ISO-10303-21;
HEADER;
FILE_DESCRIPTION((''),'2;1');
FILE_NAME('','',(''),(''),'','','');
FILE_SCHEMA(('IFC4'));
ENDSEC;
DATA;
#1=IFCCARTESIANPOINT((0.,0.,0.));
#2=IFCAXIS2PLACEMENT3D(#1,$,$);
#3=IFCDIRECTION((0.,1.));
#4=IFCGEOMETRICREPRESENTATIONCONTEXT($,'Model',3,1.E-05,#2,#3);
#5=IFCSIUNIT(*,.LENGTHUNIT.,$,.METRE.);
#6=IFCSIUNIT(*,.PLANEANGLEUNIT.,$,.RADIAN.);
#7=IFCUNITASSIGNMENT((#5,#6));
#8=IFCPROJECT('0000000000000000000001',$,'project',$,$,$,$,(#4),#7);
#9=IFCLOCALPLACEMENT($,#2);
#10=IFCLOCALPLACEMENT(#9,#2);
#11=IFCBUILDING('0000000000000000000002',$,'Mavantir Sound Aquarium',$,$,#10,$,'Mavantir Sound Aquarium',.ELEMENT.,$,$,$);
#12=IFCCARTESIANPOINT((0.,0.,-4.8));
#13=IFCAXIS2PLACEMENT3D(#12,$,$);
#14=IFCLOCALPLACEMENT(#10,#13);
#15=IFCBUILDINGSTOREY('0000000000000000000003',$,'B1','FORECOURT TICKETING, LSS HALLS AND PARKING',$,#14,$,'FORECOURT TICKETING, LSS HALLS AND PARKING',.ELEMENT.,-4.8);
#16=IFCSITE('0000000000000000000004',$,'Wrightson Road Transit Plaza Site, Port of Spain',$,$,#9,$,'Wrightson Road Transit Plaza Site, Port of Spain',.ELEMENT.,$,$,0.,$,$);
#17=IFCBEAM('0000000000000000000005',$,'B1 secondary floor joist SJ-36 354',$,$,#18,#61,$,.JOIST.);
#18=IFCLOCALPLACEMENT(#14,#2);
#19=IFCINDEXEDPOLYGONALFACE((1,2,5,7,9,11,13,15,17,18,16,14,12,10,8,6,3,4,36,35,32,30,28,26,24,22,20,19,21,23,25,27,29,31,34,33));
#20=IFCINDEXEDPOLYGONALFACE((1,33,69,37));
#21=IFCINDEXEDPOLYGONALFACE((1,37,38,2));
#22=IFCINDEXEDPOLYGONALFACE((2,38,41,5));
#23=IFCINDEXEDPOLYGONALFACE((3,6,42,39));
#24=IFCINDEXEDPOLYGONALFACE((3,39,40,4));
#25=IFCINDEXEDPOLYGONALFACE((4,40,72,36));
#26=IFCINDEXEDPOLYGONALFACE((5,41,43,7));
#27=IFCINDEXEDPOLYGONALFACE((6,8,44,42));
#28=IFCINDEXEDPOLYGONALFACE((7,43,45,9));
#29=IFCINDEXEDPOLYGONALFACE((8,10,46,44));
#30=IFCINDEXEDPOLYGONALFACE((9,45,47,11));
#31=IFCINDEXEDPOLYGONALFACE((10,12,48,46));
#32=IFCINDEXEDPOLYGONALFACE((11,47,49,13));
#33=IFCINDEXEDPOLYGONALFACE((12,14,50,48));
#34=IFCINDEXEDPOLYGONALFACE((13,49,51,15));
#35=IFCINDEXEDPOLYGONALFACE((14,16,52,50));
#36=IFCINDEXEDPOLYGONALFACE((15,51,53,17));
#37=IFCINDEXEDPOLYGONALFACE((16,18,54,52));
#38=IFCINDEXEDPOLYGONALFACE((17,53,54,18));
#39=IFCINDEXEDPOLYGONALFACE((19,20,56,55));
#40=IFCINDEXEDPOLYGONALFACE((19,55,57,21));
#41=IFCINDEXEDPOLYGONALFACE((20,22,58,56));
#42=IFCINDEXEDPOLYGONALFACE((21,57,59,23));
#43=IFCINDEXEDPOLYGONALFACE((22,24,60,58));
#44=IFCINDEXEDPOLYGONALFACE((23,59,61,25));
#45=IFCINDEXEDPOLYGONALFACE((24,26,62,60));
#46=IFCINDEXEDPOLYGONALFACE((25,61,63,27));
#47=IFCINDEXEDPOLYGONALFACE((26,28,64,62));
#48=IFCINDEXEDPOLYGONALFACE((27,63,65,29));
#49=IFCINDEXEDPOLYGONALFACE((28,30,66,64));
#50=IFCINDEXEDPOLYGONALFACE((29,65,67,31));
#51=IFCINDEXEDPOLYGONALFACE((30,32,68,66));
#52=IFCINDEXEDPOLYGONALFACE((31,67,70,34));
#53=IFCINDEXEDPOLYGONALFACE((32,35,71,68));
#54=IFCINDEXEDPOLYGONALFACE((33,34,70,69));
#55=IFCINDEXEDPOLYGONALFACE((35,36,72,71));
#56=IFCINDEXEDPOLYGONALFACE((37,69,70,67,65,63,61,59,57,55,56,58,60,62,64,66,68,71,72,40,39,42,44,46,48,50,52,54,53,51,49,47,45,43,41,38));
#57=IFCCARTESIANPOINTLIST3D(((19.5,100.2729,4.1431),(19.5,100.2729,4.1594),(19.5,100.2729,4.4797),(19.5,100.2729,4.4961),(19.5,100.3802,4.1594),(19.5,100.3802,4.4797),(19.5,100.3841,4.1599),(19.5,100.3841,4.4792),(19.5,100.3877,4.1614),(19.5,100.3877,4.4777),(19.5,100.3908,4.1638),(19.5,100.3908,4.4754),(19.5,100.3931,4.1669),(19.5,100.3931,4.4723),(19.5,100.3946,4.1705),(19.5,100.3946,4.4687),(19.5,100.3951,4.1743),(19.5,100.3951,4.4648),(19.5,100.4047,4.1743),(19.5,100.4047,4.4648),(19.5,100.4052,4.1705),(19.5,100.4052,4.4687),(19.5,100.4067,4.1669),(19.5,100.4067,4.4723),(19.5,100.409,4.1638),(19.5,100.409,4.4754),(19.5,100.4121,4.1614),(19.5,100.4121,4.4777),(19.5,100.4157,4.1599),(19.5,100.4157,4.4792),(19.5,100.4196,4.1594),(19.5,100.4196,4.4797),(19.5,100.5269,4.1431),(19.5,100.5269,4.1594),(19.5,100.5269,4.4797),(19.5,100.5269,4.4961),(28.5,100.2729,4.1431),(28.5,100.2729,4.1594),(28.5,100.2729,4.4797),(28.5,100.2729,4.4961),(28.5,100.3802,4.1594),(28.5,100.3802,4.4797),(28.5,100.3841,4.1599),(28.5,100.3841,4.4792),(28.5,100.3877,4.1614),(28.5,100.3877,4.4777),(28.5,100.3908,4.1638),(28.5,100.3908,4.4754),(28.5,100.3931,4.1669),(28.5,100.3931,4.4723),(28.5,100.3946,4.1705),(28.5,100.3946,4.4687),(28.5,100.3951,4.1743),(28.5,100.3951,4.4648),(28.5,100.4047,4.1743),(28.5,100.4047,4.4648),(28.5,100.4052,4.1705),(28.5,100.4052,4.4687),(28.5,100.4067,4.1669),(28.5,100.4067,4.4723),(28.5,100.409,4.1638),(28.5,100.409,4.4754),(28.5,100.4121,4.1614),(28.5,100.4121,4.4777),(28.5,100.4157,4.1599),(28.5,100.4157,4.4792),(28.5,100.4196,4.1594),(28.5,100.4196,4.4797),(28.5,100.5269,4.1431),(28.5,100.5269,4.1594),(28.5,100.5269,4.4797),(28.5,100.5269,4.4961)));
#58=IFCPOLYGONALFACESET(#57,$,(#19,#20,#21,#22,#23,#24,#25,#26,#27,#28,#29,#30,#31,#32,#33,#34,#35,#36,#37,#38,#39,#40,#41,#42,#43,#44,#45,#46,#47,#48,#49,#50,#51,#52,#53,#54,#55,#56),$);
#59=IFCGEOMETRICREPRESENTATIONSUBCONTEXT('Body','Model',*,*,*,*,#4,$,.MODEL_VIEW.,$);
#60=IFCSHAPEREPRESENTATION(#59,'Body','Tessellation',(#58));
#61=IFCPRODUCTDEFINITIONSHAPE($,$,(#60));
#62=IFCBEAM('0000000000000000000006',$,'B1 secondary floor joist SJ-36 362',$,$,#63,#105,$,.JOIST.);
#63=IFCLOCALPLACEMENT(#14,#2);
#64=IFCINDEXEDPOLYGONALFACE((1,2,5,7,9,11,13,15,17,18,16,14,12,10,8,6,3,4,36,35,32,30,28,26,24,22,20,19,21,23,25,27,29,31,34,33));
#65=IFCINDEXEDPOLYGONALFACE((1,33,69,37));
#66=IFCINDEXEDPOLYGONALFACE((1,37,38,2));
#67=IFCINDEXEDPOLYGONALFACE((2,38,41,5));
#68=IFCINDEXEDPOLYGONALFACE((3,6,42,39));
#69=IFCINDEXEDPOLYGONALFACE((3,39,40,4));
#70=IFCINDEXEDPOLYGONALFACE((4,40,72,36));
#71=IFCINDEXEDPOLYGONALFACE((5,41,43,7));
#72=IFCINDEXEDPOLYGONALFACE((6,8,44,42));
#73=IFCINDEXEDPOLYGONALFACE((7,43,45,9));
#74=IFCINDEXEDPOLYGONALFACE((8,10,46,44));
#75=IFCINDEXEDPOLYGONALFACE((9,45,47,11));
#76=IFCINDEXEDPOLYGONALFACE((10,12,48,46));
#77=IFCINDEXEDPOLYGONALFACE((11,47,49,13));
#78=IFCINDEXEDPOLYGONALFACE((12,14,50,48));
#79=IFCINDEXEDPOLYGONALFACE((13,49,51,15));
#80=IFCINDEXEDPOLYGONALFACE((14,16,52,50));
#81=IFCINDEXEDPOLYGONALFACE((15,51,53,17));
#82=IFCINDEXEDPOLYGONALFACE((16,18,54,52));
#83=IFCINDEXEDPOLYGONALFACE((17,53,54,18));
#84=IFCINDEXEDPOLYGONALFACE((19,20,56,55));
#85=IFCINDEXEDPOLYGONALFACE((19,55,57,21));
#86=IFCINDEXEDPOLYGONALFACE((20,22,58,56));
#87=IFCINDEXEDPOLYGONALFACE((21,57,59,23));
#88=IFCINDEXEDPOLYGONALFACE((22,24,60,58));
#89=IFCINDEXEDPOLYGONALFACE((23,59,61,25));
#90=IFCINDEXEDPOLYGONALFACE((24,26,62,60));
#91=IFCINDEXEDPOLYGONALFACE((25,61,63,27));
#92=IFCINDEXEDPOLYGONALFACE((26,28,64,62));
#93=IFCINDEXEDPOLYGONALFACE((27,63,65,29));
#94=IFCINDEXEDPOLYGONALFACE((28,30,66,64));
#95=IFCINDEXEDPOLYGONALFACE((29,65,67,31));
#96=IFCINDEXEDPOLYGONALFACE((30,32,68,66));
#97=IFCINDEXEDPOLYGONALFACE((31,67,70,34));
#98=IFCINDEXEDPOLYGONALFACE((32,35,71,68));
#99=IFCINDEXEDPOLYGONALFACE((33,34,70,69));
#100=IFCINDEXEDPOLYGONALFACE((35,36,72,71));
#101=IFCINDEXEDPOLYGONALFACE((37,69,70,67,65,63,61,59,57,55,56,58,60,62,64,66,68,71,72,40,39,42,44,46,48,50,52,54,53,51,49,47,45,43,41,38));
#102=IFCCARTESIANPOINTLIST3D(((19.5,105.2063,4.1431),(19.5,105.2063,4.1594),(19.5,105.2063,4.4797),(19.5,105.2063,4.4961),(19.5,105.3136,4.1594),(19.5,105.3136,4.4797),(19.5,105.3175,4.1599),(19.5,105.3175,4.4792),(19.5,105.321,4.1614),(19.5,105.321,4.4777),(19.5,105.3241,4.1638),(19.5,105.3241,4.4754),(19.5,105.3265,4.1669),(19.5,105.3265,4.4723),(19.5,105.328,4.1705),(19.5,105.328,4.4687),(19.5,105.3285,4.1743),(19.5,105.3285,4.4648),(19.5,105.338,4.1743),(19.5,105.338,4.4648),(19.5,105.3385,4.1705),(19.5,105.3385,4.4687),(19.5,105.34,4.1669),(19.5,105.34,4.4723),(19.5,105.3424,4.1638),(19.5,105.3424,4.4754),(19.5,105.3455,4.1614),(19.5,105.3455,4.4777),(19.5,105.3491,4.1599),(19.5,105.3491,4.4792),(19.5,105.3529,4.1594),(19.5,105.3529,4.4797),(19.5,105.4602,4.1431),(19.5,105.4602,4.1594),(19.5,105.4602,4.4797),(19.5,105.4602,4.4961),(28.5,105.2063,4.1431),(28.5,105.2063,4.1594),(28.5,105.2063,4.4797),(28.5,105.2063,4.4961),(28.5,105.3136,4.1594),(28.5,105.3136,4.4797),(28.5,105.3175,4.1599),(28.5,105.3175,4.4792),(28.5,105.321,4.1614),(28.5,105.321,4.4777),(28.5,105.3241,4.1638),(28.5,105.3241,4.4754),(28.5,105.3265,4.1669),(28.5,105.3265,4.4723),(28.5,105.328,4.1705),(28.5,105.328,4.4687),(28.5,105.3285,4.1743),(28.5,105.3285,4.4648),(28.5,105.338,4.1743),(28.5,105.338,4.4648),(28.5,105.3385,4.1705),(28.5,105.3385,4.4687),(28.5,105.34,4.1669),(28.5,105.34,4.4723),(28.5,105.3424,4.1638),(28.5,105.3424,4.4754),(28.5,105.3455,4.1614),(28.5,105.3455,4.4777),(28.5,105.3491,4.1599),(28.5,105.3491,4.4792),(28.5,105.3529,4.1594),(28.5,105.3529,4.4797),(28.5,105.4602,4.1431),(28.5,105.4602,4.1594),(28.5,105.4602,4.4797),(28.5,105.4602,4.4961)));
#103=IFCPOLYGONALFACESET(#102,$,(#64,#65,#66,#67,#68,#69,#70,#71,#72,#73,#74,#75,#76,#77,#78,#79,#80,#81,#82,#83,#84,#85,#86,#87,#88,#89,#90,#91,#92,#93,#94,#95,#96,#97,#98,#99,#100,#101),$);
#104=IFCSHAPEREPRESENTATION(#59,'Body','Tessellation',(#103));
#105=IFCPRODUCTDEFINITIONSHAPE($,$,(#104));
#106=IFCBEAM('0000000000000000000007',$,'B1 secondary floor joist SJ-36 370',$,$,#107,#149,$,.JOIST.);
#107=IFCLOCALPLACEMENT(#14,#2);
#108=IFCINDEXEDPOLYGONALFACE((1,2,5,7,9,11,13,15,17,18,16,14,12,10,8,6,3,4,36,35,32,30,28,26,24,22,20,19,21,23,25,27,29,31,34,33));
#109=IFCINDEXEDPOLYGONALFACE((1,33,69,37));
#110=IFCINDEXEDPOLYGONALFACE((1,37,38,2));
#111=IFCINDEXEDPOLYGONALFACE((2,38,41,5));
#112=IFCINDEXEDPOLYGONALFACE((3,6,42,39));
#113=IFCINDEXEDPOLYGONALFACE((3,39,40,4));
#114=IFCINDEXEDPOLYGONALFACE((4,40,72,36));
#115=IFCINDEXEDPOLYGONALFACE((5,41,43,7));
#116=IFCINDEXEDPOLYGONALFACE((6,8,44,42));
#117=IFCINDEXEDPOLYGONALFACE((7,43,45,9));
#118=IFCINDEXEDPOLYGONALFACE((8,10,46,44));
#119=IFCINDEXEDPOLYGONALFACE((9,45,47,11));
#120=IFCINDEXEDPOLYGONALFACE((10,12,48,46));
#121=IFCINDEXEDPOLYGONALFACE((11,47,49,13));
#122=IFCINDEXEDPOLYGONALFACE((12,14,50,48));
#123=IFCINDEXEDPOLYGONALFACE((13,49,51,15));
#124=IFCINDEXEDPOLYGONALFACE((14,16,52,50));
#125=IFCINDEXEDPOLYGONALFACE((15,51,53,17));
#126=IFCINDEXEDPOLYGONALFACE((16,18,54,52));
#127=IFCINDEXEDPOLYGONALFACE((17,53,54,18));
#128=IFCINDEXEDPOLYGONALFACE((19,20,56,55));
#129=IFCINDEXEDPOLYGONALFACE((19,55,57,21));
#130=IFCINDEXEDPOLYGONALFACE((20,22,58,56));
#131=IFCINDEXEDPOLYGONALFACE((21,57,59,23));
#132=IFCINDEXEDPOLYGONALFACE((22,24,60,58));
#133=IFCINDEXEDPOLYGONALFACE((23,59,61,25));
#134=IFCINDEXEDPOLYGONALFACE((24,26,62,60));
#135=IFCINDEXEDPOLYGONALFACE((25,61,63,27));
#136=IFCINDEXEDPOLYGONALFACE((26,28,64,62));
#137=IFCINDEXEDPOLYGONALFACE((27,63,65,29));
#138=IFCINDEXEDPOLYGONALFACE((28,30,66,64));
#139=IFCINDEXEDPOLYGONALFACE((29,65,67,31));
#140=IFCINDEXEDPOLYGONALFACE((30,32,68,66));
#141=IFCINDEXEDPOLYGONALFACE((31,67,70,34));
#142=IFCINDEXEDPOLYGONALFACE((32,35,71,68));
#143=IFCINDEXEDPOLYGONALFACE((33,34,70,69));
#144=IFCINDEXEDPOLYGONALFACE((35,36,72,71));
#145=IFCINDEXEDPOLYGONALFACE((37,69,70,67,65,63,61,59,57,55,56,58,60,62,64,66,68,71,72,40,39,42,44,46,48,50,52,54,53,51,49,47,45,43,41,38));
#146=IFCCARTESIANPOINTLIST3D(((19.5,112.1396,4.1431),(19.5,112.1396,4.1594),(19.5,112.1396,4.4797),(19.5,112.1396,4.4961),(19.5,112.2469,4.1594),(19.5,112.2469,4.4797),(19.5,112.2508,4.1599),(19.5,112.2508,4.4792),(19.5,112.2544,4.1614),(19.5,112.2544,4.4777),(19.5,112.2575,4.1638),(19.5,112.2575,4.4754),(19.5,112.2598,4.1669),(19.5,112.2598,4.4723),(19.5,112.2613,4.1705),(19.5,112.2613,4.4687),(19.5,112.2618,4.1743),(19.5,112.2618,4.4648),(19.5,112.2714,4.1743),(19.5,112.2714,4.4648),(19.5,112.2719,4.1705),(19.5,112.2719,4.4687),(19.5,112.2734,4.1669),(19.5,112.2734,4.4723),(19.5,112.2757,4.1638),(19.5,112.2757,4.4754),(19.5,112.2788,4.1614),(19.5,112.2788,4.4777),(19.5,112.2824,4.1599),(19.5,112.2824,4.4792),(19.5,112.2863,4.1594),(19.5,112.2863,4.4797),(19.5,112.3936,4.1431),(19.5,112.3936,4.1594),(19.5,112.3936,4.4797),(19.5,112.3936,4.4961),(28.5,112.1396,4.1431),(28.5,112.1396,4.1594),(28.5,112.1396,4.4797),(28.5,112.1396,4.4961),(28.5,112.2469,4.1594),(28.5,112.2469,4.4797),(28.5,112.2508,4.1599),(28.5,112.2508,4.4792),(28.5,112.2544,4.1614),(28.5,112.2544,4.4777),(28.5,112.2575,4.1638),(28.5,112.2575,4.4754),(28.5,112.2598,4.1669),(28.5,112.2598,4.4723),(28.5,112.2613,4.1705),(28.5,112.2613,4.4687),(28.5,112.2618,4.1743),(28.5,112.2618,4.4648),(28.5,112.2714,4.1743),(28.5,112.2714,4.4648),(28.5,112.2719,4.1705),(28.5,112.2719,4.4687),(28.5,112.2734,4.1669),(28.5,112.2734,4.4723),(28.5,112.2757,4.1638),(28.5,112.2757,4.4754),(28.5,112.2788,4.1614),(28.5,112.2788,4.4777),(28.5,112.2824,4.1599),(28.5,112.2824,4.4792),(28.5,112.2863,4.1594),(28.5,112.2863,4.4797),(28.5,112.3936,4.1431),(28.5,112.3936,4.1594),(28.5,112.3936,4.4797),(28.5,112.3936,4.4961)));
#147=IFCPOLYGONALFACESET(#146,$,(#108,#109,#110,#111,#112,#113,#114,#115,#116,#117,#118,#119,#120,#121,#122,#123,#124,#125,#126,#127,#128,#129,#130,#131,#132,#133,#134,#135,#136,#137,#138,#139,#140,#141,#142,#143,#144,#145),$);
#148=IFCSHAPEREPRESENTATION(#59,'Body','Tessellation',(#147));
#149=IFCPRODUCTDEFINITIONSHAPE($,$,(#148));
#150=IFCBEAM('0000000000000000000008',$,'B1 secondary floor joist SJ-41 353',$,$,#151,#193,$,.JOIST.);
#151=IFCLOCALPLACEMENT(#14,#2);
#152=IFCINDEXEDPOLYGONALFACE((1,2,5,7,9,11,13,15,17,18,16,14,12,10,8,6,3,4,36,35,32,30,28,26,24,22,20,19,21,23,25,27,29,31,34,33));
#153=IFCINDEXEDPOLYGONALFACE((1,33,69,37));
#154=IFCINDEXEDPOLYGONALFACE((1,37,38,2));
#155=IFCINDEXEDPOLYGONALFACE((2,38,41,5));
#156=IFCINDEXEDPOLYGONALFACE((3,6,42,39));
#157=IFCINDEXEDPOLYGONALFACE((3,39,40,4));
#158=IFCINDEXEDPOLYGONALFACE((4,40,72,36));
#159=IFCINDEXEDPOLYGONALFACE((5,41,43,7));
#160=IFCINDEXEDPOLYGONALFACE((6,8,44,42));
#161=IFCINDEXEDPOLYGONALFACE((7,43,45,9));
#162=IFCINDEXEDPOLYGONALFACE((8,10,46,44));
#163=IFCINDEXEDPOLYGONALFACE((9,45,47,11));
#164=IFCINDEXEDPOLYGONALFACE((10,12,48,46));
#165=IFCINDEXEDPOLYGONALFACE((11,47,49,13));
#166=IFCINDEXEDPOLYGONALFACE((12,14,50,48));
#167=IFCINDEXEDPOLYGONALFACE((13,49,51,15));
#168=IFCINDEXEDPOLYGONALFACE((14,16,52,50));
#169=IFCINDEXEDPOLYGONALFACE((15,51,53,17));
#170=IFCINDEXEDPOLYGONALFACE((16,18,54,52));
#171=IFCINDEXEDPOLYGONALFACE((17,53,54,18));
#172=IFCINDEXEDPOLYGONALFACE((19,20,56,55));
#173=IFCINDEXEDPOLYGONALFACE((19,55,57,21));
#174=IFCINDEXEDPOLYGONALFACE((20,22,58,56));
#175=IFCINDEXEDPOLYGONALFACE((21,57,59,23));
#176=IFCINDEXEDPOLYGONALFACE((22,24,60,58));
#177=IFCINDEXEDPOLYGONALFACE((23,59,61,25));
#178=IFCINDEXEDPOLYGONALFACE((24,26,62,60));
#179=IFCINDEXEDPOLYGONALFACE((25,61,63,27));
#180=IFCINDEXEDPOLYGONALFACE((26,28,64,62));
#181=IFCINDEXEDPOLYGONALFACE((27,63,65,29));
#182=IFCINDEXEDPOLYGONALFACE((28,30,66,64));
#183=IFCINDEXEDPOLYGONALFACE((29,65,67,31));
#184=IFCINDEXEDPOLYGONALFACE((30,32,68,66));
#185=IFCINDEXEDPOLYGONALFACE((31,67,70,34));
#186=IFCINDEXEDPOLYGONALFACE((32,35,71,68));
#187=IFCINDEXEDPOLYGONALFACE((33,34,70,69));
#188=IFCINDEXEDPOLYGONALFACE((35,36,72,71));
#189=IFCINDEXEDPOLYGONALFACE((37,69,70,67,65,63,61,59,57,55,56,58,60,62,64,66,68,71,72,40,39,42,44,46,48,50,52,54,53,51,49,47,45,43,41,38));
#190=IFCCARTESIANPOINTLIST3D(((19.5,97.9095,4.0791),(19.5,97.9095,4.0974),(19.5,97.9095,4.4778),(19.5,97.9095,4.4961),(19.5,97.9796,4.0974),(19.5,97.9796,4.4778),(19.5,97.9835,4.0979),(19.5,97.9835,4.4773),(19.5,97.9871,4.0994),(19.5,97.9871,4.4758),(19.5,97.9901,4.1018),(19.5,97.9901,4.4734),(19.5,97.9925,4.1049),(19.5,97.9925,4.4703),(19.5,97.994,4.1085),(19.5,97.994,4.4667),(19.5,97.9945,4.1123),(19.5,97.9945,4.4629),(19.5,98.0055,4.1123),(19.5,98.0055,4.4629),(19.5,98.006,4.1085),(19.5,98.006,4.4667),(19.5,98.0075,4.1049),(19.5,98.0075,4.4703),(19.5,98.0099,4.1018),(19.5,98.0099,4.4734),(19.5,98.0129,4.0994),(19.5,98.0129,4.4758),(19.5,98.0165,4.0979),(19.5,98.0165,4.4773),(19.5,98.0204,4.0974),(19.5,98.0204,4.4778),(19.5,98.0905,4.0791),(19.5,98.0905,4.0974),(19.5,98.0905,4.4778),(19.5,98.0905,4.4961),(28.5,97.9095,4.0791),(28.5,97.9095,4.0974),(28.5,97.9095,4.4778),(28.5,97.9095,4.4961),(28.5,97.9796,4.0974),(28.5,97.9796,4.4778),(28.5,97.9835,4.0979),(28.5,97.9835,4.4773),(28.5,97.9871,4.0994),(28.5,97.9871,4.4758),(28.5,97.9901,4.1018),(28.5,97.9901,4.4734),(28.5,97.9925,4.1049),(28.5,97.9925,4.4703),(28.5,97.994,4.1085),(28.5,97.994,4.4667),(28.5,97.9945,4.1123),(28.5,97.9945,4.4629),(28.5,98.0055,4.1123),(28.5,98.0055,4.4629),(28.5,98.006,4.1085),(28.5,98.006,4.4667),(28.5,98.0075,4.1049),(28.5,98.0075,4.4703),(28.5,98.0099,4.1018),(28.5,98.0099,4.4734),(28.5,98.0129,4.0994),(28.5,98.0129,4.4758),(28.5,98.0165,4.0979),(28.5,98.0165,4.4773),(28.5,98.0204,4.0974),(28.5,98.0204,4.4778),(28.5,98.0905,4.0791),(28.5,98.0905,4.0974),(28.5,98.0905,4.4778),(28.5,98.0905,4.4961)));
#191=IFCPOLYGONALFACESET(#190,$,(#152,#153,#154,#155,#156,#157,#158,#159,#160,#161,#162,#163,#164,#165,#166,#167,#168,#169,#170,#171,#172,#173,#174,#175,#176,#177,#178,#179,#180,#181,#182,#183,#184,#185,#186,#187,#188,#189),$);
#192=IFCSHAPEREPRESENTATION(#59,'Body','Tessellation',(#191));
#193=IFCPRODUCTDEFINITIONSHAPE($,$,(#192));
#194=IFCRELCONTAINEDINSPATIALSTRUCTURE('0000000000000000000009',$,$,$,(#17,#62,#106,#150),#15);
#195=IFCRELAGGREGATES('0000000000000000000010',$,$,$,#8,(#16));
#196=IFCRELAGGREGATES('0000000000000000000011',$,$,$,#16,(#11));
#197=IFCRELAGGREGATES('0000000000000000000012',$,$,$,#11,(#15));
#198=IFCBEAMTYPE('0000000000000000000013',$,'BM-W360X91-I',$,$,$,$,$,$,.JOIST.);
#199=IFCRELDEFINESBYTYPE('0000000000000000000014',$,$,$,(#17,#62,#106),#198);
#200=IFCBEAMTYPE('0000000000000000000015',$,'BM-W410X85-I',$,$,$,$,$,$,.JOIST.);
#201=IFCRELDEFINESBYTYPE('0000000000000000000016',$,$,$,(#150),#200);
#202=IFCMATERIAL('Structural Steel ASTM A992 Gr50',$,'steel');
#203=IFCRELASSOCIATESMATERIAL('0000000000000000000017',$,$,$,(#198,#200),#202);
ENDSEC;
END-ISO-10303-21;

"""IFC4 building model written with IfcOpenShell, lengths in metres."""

from ifc_helpers import new_model, si_unit, direction, frame, origin, origin_2d, place, context, subcontext, project, spatial, i_section, extrude, material, material_profile, profile_set, type_object, element, save


model = new_model("IFC4")

# Units and contexts
model_context = context("Model", 3, precision=1e-05, world=origin(), true_north=direction((0.0, 1.0)))
body_context = subcontext(model_context, "Body", "Model", "MODEL_VIEW")
ifc_project = project(units=[si_unit("LENGTHUNIT", "METRE"), si_unit("PLANEANGLEUNIT", "RADIAN")], contexts=[model_context])

# Site, building, storey
site_placement = place(None, origin())
site = spatial("IfcSite", under=ifc_project, at=site_placement, Name="Wrightson Road Transit Plaza Site, Port of Spain", LongName="Wrightson Road Transit Plaza Site, Port of Spain", CompositionType="ELEMENT", RefElevation=0.0)
building_placement = place(site_placement, origin())
building = spatial("IfcBuilding", under=site, at=building_placement, Name="Mavantir Sound Aquarium", LongName="Mavantir Sound Aquarium", CompositionType="ELEMENT")
storey_placement = place(building_placement, frame((0.0, 0.0, -4.8)))
storey = spatial("IfcBuildingStorey", under=building, at=storey_placement, Name="B1", Description="FORECOURT TICKETING, LSS HALLS AND PARKING", LongName="FORECOURT TICKETING, LSS HALLS AND PARKING", CompositionType="ELEMENT", Elevation=-4.8)

# Beams
ifc_material_1 = material(Name="Structural Steel ASTM A992 Gr50", Category="steel")
ifc_material_profile_1 = material_profile(ifc_material_1, i_section(OverallWidth=0.2539, OverallDepth=0.353, WebThickness=0.0095, FlangeThickness=0.0164, FilletRadius=0.0149, at=origin_2d()), Name="W360X91")
ifc_profile_set_1 = profile_set([ifc_material_profile_1], Name="Structural Steel ASTM A992 Gr50")
beam_type_1 = type_object("IfcBeamType", Name="BM-W360X91-I", PredefinedType="JOIST", material=ifc_profile_set_1)
for number, where, z_axis, x_axis, name in (
    (1, (19.5, 100.3999, 4.3196), (1.0, 0.0, 0.0), (0.0, 1.0, 0.0), "B1 secondary floor joist SJ-36 354"),
    (2, (19.5, 105.3333, 4.3196), (1.0, 0.0, 0.0), (0.0, 1.0, 0.0), "B1 secondary floor joist SJ-36 362"),
    (3, (19.5, 112.2666, 4.3196), (1.0, 0.0, 0.0), (0.0, 1.0, 0.0), "B1 secondary floor joist SJ-36 370"),
):
    element("IfcBeam", number, at=place(storey_placement, frame(where, z_axis=z_axis, x_axis=x_axis)), inside=storey, type_object=beam_type_1, Name=name, PredefinedType="JOIST", context=body_context, shape_type="SweptSolid", body=[
        extrude(i_section(OverallWidth=0.2539, OverallDepth=0.353, WebThickness=0.0095, FlangeThickness=0.0164, FilletRadius=0.0149, at=origin_2d()), origin(), (0.0, 0.0, 1.0), 9.0),
    ])
ifc_material_profile_2 = material_profile(ifc_material_1, i_section(OverallWidth=0.1809, OverallDepth=0.417, WebThickness=0.011, FlangeThickness=0.0183, FilletRadius=0.0149, at=origin_2d()), Name="W410X85")
ifc_profile_set_2 = profile_set([ifc_material_profile_2], Name="Structural Steel ASTM A992 Gr50")
beam_type_2 = type_object("IfcBeamType", Name="BM-W410X85-I", PredefinedType="JOIST", material=ifc_profile_set_2)
beam_1_placement = place(storey_placement, frame((19.5, 98.0, 4.2876), z_axis=(1.0, 0.0, 0.0), x_axis=(0.0, 1.0, 0.0)))
element("IfcBeam", 4, at=beam_1_placement, inside=storey, type_object=beam_type_2, Name="B1 secondary floor joist SJ-41 353", PredefinedType="JOIST", context=body_context, shape_type="SweptSolid", body=[
    extrude(i_section(OverallWidth=0.1809, OverallDepth=0.417, WebThickness=0.011, FlangeThickness=0.0183, FilletRadius=0.0149, at=origin_2d()), origin(), (0.0, 0.0, 1.0), 9.0),
])

save(model, "model.ifc")
